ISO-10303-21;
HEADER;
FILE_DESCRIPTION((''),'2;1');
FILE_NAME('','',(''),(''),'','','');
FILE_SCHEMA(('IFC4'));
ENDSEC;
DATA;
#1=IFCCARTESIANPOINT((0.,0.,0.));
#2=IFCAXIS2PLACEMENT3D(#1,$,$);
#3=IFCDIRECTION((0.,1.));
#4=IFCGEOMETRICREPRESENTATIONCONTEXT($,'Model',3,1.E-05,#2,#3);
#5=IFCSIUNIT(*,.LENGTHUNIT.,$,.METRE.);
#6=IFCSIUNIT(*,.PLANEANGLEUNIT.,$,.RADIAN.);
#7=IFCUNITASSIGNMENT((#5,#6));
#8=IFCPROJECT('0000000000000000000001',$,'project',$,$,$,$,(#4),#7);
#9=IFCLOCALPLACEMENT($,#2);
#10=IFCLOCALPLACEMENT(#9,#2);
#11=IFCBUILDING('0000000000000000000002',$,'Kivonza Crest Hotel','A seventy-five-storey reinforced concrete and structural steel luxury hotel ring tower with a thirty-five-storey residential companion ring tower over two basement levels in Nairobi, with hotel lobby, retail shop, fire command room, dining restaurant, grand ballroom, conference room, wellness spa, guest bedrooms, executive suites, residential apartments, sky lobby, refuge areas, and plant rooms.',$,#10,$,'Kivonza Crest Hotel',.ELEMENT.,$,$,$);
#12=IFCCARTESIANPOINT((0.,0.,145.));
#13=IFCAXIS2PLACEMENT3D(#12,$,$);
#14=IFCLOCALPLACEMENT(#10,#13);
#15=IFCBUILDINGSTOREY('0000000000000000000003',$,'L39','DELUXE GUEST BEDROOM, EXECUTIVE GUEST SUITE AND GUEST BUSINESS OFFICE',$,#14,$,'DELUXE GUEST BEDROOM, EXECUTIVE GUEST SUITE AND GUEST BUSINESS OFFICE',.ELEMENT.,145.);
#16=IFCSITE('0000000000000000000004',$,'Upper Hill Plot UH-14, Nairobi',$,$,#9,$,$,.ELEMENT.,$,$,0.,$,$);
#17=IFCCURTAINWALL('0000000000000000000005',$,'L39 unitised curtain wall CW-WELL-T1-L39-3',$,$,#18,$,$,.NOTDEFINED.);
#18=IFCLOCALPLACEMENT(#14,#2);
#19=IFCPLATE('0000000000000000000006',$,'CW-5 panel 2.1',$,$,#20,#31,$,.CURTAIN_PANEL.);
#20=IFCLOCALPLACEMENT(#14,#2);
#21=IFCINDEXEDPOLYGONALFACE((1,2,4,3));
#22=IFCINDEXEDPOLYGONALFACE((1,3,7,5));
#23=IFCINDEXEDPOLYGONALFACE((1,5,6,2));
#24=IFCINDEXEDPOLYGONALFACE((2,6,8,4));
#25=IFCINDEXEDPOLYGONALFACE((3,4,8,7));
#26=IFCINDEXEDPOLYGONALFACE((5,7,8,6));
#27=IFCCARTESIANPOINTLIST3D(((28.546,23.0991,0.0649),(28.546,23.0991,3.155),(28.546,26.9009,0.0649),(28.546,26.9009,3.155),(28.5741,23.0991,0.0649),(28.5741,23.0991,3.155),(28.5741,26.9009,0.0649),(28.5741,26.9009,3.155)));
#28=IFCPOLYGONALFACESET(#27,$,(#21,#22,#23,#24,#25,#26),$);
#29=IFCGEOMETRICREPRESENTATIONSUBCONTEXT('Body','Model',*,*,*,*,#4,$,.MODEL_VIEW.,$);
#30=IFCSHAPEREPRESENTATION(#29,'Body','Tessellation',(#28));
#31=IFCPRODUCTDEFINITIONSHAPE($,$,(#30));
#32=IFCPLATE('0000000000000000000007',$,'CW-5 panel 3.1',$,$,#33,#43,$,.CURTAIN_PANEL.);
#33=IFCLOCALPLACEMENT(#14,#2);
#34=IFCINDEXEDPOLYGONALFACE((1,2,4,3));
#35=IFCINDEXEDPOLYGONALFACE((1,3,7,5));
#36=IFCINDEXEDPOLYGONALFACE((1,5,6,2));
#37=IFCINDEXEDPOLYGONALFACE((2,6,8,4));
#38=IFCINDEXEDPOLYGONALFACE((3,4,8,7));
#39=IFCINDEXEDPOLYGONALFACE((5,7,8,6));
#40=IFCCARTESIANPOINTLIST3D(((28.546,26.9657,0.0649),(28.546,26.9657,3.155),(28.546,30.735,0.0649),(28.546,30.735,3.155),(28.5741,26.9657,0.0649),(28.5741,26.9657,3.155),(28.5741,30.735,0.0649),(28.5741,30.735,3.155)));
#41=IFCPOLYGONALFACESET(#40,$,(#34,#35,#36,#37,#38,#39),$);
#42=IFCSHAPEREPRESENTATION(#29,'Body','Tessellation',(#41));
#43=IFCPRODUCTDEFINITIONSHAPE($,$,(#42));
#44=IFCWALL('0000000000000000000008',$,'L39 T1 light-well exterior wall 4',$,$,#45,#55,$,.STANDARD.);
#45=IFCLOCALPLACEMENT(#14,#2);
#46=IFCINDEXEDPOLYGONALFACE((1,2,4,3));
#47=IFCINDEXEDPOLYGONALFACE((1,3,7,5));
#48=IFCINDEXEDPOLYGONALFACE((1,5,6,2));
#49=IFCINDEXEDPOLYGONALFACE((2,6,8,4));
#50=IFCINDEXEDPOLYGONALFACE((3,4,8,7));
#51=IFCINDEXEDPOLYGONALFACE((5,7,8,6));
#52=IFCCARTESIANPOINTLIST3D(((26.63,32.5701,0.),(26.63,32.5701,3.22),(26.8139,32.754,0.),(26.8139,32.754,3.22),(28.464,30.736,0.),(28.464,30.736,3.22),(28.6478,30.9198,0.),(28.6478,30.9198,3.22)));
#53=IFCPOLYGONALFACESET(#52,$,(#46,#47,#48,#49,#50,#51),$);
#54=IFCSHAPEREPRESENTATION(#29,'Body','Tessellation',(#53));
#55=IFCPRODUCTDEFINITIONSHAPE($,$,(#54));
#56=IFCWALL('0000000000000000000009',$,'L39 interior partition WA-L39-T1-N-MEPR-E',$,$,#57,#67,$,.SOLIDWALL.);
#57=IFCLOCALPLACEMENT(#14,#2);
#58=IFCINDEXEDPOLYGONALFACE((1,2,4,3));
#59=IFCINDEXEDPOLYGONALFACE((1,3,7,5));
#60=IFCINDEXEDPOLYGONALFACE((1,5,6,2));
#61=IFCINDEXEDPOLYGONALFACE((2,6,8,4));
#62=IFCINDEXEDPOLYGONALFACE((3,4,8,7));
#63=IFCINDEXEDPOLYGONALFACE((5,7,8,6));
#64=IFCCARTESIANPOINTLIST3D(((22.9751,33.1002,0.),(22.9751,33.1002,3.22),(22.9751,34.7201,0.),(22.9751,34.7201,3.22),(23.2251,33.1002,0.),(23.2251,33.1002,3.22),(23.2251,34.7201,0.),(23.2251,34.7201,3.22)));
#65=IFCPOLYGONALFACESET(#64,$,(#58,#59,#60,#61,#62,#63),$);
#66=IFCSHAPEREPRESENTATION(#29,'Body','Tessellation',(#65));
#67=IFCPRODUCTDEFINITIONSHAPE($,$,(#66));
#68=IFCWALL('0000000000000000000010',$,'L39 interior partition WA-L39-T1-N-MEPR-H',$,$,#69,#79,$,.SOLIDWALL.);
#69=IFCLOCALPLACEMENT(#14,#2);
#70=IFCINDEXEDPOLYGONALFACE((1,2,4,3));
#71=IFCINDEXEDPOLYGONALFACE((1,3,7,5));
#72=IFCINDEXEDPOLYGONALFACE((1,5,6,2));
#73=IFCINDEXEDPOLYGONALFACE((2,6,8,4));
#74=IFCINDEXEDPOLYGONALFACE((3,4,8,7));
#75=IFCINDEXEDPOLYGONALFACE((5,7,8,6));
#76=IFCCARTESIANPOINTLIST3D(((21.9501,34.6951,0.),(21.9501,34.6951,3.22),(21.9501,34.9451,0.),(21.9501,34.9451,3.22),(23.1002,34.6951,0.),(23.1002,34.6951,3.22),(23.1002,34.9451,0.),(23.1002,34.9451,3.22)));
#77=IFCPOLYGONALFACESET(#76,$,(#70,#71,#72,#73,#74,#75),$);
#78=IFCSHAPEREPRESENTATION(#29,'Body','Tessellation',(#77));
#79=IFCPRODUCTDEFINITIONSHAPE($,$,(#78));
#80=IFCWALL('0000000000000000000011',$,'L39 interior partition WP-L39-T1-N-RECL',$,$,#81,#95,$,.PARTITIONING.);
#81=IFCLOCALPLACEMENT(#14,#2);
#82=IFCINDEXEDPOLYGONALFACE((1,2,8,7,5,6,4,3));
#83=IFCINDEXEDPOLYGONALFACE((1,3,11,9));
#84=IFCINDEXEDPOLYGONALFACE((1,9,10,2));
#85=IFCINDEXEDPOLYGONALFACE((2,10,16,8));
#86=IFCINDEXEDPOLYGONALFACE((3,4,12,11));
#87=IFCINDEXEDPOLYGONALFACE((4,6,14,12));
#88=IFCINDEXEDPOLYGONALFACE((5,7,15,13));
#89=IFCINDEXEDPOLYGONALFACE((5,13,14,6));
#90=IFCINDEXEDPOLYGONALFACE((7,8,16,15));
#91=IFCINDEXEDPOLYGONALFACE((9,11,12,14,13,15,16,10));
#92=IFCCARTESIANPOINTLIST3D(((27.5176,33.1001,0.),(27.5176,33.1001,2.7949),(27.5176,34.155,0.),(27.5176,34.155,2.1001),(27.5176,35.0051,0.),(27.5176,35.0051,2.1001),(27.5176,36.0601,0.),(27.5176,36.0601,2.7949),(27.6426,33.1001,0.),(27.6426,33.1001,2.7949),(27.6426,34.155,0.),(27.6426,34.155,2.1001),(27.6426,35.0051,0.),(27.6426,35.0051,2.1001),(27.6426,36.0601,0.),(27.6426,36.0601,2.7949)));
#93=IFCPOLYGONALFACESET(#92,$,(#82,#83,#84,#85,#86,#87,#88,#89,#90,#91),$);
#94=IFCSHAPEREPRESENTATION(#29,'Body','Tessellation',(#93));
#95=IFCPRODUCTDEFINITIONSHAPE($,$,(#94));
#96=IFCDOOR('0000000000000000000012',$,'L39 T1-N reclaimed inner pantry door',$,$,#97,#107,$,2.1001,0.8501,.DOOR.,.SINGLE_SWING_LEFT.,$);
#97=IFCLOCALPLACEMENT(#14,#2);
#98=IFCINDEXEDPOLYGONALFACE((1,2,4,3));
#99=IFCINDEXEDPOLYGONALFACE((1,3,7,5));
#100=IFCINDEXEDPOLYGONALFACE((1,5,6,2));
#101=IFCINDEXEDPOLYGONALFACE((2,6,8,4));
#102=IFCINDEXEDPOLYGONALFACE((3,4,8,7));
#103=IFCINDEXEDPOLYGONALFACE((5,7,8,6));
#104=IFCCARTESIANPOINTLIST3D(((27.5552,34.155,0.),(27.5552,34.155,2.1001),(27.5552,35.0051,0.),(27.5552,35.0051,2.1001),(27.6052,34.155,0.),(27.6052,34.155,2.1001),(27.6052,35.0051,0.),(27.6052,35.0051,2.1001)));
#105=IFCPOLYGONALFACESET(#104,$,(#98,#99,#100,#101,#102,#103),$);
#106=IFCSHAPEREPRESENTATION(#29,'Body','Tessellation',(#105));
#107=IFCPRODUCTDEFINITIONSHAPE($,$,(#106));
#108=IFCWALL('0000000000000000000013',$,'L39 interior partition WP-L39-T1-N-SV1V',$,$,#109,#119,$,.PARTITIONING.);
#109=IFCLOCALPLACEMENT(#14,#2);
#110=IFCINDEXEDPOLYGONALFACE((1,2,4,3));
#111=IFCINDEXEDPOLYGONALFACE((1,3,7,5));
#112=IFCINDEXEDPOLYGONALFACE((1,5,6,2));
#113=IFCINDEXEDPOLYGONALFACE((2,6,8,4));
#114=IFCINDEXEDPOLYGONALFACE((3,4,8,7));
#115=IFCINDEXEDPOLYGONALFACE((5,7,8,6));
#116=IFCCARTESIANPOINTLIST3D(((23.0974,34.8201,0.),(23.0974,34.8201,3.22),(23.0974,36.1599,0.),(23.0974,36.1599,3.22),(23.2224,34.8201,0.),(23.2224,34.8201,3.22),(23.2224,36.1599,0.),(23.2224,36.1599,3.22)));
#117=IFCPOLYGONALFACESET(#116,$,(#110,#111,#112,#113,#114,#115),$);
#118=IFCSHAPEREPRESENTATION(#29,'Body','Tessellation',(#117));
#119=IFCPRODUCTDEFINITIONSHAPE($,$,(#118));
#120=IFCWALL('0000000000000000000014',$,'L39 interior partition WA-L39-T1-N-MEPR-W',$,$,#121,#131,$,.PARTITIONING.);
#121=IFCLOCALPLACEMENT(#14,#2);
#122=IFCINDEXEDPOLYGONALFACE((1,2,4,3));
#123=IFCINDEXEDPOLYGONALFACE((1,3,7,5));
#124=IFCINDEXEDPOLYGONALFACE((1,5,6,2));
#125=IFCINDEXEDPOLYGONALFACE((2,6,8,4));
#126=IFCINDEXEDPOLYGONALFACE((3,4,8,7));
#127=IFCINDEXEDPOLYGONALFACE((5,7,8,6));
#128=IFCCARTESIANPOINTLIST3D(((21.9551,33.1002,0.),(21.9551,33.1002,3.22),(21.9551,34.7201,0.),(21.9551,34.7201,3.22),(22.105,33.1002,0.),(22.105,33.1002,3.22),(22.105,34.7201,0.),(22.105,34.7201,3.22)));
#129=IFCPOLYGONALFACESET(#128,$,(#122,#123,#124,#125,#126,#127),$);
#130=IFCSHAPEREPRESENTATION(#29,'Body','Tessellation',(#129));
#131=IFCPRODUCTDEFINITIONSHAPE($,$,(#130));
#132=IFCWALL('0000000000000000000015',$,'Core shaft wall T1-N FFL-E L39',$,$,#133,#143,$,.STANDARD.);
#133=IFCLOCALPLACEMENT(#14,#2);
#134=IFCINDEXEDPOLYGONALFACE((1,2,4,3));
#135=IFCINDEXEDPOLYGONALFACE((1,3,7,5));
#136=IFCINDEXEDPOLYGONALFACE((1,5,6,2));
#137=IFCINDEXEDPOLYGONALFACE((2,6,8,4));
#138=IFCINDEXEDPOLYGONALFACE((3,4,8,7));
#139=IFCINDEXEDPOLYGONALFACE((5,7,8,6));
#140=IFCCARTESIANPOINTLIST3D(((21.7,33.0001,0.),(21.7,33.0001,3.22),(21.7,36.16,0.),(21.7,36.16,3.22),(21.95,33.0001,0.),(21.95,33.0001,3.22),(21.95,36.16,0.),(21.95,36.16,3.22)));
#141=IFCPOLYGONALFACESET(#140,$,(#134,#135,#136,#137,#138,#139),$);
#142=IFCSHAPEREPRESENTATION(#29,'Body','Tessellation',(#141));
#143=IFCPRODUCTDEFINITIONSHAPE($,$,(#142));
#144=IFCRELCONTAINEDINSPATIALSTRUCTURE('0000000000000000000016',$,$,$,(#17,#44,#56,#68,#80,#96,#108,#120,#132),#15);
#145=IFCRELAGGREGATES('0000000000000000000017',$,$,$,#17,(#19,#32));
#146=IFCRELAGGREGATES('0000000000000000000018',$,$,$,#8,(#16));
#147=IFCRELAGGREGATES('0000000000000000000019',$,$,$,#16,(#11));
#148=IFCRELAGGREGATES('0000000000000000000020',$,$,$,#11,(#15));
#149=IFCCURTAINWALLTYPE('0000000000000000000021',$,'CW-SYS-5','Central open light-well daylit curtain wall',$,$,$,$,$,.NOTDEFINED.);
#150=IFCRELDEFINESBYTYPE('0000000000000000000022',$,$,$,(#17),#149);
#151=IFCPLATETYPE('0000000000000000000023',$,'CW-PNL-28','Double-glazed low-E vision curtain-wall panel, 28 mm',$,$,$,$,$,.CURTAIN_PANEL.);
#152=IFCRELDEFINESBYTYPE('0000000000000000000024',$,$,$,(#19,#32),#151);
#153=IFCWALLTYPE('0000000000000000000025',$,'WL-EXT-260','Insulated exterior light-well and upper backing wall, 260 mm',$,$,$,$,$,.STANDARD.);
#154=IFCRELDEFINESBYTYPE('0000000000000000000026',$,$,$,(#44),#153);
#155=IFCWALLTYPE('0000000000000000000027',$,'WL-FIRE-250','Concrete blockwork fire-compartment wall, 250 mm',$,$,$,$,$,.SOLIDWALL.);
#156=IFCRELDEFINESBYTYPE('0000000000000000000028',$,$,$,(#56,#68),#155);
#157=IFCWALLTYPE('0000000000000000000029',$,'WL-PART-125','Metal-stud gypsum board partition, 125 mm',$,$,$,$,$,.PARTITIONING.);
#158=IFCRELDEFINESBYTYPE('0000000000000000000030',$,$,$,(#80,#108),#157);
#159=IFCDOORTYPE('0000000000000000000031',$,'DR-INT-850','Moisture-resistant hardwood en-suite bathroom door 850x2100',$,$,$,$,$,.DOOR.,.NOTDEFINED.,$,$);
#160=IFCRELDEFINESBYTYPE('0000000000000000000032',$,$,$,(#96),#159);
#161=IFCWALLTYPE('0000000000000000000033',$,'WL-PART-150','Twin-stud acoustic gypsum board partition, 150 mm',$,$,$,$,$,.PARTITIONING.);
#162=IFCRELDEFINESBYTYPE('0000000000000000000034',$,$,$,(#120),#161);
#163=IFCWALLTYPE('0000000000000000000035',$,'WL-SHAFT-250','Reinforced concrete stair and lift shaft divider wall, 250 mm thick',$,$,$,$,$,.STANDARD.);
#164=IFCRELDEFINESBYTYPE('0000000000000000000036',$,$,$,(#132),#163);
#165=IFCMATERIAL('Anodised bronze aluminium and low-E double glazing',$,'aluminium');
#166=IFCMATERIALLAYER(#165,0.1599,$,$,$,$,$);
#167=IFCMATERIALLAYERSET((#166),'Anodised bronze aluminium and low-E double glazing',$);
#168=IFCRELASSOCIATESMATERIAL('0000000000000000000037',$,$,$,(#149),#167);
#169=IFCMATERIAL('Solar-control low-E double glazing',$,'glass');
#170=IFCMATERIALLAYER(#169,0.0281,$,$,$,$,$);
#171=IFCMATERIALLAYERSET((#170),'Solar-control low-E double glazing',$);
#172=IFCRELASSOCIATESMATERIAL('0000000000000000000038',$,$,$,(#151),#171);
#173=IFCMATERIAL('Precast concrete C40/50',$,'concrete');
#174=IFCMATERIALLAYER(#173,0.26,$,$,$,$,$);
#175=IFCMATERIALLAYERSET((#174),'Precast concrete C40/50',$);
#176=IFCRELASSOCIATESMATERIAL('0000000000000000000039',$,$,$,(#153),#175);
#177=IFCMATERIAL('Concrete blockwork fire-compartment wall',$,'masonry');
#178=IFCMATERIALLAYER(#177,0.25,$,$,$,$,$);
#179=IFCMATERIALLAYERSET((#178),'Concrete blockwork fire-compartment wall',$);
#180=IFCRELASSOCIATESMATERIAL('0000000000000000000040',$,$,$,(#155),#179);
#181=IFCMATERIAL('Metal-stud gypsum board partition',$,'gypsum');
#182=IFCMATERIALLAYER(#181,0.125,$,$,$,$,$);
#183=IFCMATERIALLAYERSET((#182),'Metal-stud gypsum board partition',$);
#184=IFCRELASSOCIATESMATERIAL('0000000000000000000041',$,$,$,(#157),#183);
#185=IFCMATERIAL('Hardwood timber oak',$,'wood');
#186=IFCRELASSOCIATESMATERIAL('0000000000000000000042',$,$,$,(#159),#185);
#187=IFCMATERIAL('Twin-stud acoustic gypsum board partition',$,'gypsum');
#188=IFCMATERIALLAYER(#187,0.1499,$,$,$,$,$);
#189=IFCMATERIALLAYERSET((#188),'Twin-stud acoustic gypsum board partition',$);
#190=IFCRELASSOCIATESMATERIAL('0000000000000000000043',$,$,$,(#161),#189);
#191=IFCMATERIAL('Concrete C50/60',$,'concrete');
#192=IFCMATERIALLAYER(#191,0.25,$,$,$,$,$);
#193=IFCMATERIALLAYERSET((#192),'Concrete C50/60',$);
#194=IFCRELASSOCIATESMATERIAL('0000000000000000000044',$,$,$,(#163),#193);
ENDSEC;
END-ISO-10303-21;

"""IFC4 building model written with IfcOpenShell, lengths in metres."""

from ifc_helpers import new_model, si_unit, direction, frame, frame_2d, origin, origin_2d, place, context, subcontext, project, spatial, rectangle, extrude, material, layer, layer_set, type_object, element, fill, aggregate, save


model = new_model("IFC4")

# Units and contexts
model_context = context("Model", 3, precision=1e-05, world=origin(), true_north=direction((0.0, 1.0)))
body_context = subcontext(model_context, "Body", "Model", "MODEL_VIEW")
ifc_project = project(units=[si_unit("LENGTHUNIT", "METRE"), si_unit("PLANEANGLEUNIT", "RADIAN")], contexts=[model_context])

# Site, building, storey
site_placement = place(None, origin())
site = spatial("IfcSite", under=ifc_project, at=site_placement, Name="Upper Hill Plot UH-14, Nairobi", CompositionType="ELEMENT", RefElevation=0.0)
building_placement = place(site_placement, origin())
building = spatial("IfcBuilding", under=site, at=building_placement, Name="Kivonza Crest Hotel", Description="A seventy-five-storey reinforced concrete and structural steel luxury hotel ring tower with a thirty-five-storey residential companion ring tower over two basement levels in Nairobi, with hotel lobby, retail shop, fire command room, dining restaurant, grand ballroom, conference room, wellness spa, guest bedrooms, executive suites, residential apartments, sky lobby, refuge areas, and plant rooms.", LongName="Kivonza Crest Hotel", CompositionType="ELEMENT")
storey_placement = place(building_placement, frame((0.0, 0.0, 145.0)))
storey = spatial("IfcBuildingStorey", under=building, at=storey_placement, Name="L39", Description="DELUXE GUEST BEDROOM, EXECUTIVE GUEST SUITE AND GUEST BUSINESS OFFICE", LongName="DELUXE GUEST BEDROOM, EXECUTIVE GUEST SUITE AND GUEST BUSINESS OFFICE", CompositionType="ELEMENT", Elevation=145.0)

# Shared definitions
ifc_material_1 = material(Name="Concrete C50/60", Category="concrete")

# Curtain wall, plates
ifc_material_2 = material(Name="Anodised bronze aluminium and low-E double glazing", Category="aluminium")
ifc_layer_1 = layer(ifc_material_2, 0.1599)
ifc_layer_set_1 = layer_set([ifc_layer_1], Name="Anodised bronze aluminium and low-E double glazing")
curtain_wall_type = type_object("IfcCurtainWallType", Name="CW-SYS-5", Description="Central open light-well daylit curtain wall", PredefinedType="NOTDEFINED", material=ifc_layer_set_1)
curtain_wall_placement = place(storey_placement, origin())
curtain_wall = element("IfcCurtainWall", 1, at=curtain_wall_placement, inside=storey, type_object=curtain_wall_type, Name="L39 unitised curtain wall CW-WELL-T1-L39-3", PredefinedType="NOTDEFINED")
ifc_material_3 = material(Name="Solar-control low-E double glazing", Category="glass")
ifc_layer_2 = layer(ifc_material_3, 0.0281)
ifc_layer_set_2 = layer_set([ifc_layer_2], Name="Solar-control low-E double glazing")
plate_type = type_object("IfcPlateType", Name="CW-PNL-28", Description="Double-glazed low-E vision curtain-wall panel, 28 mm", PredefinedType="CURTAIN_PANEL", material=ifc_layer_set_2)
plate_1_placement = place(storey_placement, frame((28.5601, 25.0, 0.0649), z_axis=(0.0, 0.0, 1.0), x_axis=(0.0, 1.0, 0.0)))
plate_1 = element("IfcPlate", 2, at=plate_1_placement, type_object=plate_type, Name="CW-5 panel 2.1", PredefinedType="CURTAIN_PANEL", context=body_context, shape_type="SweptSolid", body=[
    extrude(rectangle(XDim=3.8018, YDim=0.0281, at=origin_2d()), origin(), (0.0, 0.0, 1.0), 3.0901),
])
plate_2_placement = place(storey_placement, frame((28.5601, 28.8503, 0.0649), z_axis=(0.0, 0.0, 1.0), x_axis=(0.0, 1.0, 0.0)))
plate_2 = element("IfcPlate", 3, at=plate_2_placement, type_object=plate_type, Name="CW-5 panel 3.1", PredefinedType="CURTAIN_PANEL", context=body_context, shape_type="SweptSolid", body=[
    extrude(rectangle(XDim=3.7693, YDim=0.0281, at=origin_2d()), origin(), (0.0, 0.0, 1.0), 3.0901),
])
aggregate(curtain_wall, [plate_1, plate_2])

# Walls
ifc_material_4 = material(Name="Precast concrete C40/50", Category="concrete")
ifc_layer_3 = layer(ifc_material_4, 0.26)
ifc_layer_set_3 = layer_set([ifc_layer_3], Name="Precast concrete C40/50")
wall_type_1 = type_object("IfcWallType", Name="WL-EXT-260", Description="Insulated exterior light-well and upper backing wall, 260 mm", PredefinedType="STANDARD", material=ifc_layer_set_3)
wall_1_placement = place(storey_placement, frame((28.5559, 30.8279, 0.0), z_axis=(0.0, 0.0, 1.0), x_axis=(-0.70706, 0.707154, 0.0)))
element("IfcWall", 4, at=wall_1_placement, inside=storey, type_object=wall_type_1, Name="L39 T1 light-well exterior wall 4", PredefinedType="STANDARD", context=body_context, shape_type="SweptSolid", body=[
    extrude(rectangle(XDim=2.5938, YDim=0.26, at=frame_2d((1.2969, 0.0))), origin(), (0.0, 0.0, 1.0), 3.22),
])
ifc_material_5 = material(Name="Concrete blockwork fire-compartment wall", Category="masonry")
ifc_layer_4 = layer(ifc_material_5, 0.25)
ifc_layer_set_4 = layer_set([ifc_layer_4], Name="Concrete blockwork fire-compartment wall")
wall_type_2 = type_object("IfcWallType", Name="WL-FIRE-250", Description="Concrete blockwork fire-compartment wall, 250 mm", PredefinedType="SOLIDWALL", material=ifc_layer_set_4)
wall_2_placement = place(storey_placement, frame((23.1001, 33.1001, 0.0), z_axis=(0.0, 0.0, 1.0), x_axis=(0.0, 1.0, 0.0)))
element("IfcWall", 5, at=wall_2_placement, inside=storey, type_object=wall_type_2, Name="L39 interior partition WA-L39-T1-N-MEPR-E", PredefinedType="SOLIDWALL", context=body_context, shape_type="SweptSolid", body=[
    extrude(rectangle(XDim=1.6199, YDim=0.25, at=frame_2d((0.8101, 0.0))), origin(), (0.0, 0.0, 1.0), 3.22),
])
wall_3_placement = place(storey_placement, frame((21.95, 34.8201, 0.0), z_axis=(0.0, 0.0, 1.0), x_axis=(1.0, 0.0, 0.0)))
element("IfcWall", 6, at=wall_3_placement, inside=storey, type_object=wall_type_2, Name="L39 interior partition WA-L39-T1-N-MEPR-H", PredefinedType="SOLIDWALL", context=body_context, shape_type="SweptSolid", body=[
    extrude(rectangle(XDim=1.1501, YDim=0.25, at=frame_2d((0.5752, 0.0))), origin(), (0.0, 0.0, 1.0), 3.22),
])

# Wall, opening, door
ifc_material_6 = material(Name="Metal-stud gypsum board partition", Category="gypsum")
ifc_layer_5 = layer(ifc_material_6, 0.125)
ifc_layer_set_5 = layer_set([ifc_layer_5], Name="Metal-stud gypsum board partition")
wall_type_3 = type_object("IfcWallType", Name="WL-PART-125", Description="Metal-stud gypsum board partition, 125 mm", PredefinedType="PARTITIONING", material=ifc_layer_set_5)
wall_4_placement = place(storey_placement, frame((27.5801, 33.1001, 0.0), z_axis=(0.0, 0.0, 1.0), x_axis=(0.0, 1.0, 0.0)))
wall_4 = element("IfcWall", 7, at=wall_4_placement, inside=storey, type_object=wall_type_3, Name="L39 interior partition WP-L39-T1-N-RECL", PredefinedType="PARTITIONING", context=body_context, shape_type="SweptSolid", body=[
    extrude(rectangle(XDim=2.96, YDim=0.125, at=frame_2d((1.48, 0.0))), origin(), (0.0, 0.0, 1.0), 2.7949),
])
opening_1_placement = place(wall_4_placement, frame((1.0549, 0.0, 0.0)))
opening_1 = element("IfcOpeningElement", 8, at=opening_1_placement, cuts=wall_4, PredefinedType="OPENING", context=body_context, shape_type="SweptSolid", body=[
    extrude(rectangle(XDim=0.8501, YDim=2.1001, at=frame_2d((0.425, 1.05))), frame((0.0, 0.0725, 0.0), z_axis=(0.0, -1.0, 0.0), x_axis=(1.0, 0.0, 0.0)), (0.0, 0.0, 1.0), 0.145),
])
ifc_material_7 = material(Name="Hardwood timber oak", Category="wood")
door_type_1 = type_object("IfcDoorType", Name="DR-INT-850", Description="Moisture-resistant hardwood en-suite bathroom door 850x2100", OperationType="NOTDEFINED", PredefinedType="DOOR", material=ifc_material_7)
door_1_placement = place(opening_1_placement, origin())
door_1 = element("IfcDoor", 9, at=door_1_placement, inside=storey, type_object=door_type_1, Name="L39 T1-N reclaimed inner pantry door", OperationType="SINGLE_SWING_LEFT", OverallHeight=2.1001, OverallWidth=0.8501, PredefinedType="DOOR", context=body_context, shape_type="SweptSolid", body=[
    extrude(rectangle(XDim=0.8501, YDim=2.1001, at=frame_2d((0.425, 1.05))), frame((0.0, 0.0249, 0.0), z_axis=(0.0, -1.0, 0.0), x_axis=(1.0, 0.0, 0.0)), (0.0, 0.0, 1.0), 0.05),
])
fill(opening_1, door_1)

# Walls
wall_5_placement = place(storey_placement, frame((23.1599, 34.8201, 0.0), z_axis=(0.0, 0.0, 1.0), x_axis=(0.0, 1.0, 0.0)))
element("IfcWall", 10, at=wall_5_placement, inside=storey, type_object=wall_type_3, Name="L39 interior partition WP-L39-T1-N-SV1V", PredefinedType="PARTITIONING", context=body_context, shape_type="SweptSolid", body=[
    extrude(rectangle(XDim=1.3398, YDim=0.125, at=frame_2d((0.6699, 0.0))), origin(), (0.0, 0.0, 1.0), 3.22),
])
ifc_material_8 = material(Name="Twin-stud acoustic gypsum board partition", Category="gypsum")
ifc_layer_6 = layer(ifc_material_8, 0.1499)
ifc_layer_set_6 = layer_set([ifc_layer_6], Name="Twin-stud acoustic gypsum board partition")
wall_type_4 = type_object("IfcWallType", Name="WL-PART-150", Description="Twin-stud acoustic gypsum board partition, 150 mm", PredefinedType="PARTITIONING", material=ifc_layer_set_6)
wall_6_placement = place(storey_placement, frame((22.03, 33.1001, 0.0), z_axis=(0.0, 0.0, 1.0), x_axis=(0.0, 1.0, 0.0)))
element("IfcWall", 11, at=wall_6_placement, inside=storey, type_object=wall_type_4, Name="L39 interior partition WA-L39-T1-N-MEPR-W", PredefinedType="PARTITIONING", context=body_context, shape_type="SweptSolid", body=[
    extrude(rectangle(XDim=1.6199, YDim=0.1499, at=frame_2d((0.8101, 0.0))), origin(), (0.0, 0.0, 1.0), 3.22),
])

# Shared definitions
ifc_layer_7 = layer(ifc_material_1, 0.25)
ifc_layer_set_7 = layer_set([ifc_layer_7], Name="Concrete C50/60")
wall_type_5 = type_object("IfcWallType", Name="WL-SHAFT-250", Description="Reinforced concrete stair and lift shaft divider wall, 250 mm thick", PredefinedType="STANDARD", material=ifc_layer_set_7)

# Wall
wall_7_placement = place(storey_placement, frame((21.825, 33.0, 0.0), z_axis=(0.0, 0.0, 1.0), x_axis=(0.0, 1.0, 0.0)))
element("IfcWall", 12, at=wall_7_placement, inside=storey, type_object=wall_type_5, Name="Core shaft wall T1-N FFL-E L39", PredefinedType="STANDARD", context=body_context, shape_type="SweptSolid", body=[
    extrude(rectangle(XDim=3.1599, YDim=0.25, at=frame_2d((1.5801, 0.0))), origin(), (0.0, 0.0, 1.0), 3.22),
])

save(model, "model.ifc")
